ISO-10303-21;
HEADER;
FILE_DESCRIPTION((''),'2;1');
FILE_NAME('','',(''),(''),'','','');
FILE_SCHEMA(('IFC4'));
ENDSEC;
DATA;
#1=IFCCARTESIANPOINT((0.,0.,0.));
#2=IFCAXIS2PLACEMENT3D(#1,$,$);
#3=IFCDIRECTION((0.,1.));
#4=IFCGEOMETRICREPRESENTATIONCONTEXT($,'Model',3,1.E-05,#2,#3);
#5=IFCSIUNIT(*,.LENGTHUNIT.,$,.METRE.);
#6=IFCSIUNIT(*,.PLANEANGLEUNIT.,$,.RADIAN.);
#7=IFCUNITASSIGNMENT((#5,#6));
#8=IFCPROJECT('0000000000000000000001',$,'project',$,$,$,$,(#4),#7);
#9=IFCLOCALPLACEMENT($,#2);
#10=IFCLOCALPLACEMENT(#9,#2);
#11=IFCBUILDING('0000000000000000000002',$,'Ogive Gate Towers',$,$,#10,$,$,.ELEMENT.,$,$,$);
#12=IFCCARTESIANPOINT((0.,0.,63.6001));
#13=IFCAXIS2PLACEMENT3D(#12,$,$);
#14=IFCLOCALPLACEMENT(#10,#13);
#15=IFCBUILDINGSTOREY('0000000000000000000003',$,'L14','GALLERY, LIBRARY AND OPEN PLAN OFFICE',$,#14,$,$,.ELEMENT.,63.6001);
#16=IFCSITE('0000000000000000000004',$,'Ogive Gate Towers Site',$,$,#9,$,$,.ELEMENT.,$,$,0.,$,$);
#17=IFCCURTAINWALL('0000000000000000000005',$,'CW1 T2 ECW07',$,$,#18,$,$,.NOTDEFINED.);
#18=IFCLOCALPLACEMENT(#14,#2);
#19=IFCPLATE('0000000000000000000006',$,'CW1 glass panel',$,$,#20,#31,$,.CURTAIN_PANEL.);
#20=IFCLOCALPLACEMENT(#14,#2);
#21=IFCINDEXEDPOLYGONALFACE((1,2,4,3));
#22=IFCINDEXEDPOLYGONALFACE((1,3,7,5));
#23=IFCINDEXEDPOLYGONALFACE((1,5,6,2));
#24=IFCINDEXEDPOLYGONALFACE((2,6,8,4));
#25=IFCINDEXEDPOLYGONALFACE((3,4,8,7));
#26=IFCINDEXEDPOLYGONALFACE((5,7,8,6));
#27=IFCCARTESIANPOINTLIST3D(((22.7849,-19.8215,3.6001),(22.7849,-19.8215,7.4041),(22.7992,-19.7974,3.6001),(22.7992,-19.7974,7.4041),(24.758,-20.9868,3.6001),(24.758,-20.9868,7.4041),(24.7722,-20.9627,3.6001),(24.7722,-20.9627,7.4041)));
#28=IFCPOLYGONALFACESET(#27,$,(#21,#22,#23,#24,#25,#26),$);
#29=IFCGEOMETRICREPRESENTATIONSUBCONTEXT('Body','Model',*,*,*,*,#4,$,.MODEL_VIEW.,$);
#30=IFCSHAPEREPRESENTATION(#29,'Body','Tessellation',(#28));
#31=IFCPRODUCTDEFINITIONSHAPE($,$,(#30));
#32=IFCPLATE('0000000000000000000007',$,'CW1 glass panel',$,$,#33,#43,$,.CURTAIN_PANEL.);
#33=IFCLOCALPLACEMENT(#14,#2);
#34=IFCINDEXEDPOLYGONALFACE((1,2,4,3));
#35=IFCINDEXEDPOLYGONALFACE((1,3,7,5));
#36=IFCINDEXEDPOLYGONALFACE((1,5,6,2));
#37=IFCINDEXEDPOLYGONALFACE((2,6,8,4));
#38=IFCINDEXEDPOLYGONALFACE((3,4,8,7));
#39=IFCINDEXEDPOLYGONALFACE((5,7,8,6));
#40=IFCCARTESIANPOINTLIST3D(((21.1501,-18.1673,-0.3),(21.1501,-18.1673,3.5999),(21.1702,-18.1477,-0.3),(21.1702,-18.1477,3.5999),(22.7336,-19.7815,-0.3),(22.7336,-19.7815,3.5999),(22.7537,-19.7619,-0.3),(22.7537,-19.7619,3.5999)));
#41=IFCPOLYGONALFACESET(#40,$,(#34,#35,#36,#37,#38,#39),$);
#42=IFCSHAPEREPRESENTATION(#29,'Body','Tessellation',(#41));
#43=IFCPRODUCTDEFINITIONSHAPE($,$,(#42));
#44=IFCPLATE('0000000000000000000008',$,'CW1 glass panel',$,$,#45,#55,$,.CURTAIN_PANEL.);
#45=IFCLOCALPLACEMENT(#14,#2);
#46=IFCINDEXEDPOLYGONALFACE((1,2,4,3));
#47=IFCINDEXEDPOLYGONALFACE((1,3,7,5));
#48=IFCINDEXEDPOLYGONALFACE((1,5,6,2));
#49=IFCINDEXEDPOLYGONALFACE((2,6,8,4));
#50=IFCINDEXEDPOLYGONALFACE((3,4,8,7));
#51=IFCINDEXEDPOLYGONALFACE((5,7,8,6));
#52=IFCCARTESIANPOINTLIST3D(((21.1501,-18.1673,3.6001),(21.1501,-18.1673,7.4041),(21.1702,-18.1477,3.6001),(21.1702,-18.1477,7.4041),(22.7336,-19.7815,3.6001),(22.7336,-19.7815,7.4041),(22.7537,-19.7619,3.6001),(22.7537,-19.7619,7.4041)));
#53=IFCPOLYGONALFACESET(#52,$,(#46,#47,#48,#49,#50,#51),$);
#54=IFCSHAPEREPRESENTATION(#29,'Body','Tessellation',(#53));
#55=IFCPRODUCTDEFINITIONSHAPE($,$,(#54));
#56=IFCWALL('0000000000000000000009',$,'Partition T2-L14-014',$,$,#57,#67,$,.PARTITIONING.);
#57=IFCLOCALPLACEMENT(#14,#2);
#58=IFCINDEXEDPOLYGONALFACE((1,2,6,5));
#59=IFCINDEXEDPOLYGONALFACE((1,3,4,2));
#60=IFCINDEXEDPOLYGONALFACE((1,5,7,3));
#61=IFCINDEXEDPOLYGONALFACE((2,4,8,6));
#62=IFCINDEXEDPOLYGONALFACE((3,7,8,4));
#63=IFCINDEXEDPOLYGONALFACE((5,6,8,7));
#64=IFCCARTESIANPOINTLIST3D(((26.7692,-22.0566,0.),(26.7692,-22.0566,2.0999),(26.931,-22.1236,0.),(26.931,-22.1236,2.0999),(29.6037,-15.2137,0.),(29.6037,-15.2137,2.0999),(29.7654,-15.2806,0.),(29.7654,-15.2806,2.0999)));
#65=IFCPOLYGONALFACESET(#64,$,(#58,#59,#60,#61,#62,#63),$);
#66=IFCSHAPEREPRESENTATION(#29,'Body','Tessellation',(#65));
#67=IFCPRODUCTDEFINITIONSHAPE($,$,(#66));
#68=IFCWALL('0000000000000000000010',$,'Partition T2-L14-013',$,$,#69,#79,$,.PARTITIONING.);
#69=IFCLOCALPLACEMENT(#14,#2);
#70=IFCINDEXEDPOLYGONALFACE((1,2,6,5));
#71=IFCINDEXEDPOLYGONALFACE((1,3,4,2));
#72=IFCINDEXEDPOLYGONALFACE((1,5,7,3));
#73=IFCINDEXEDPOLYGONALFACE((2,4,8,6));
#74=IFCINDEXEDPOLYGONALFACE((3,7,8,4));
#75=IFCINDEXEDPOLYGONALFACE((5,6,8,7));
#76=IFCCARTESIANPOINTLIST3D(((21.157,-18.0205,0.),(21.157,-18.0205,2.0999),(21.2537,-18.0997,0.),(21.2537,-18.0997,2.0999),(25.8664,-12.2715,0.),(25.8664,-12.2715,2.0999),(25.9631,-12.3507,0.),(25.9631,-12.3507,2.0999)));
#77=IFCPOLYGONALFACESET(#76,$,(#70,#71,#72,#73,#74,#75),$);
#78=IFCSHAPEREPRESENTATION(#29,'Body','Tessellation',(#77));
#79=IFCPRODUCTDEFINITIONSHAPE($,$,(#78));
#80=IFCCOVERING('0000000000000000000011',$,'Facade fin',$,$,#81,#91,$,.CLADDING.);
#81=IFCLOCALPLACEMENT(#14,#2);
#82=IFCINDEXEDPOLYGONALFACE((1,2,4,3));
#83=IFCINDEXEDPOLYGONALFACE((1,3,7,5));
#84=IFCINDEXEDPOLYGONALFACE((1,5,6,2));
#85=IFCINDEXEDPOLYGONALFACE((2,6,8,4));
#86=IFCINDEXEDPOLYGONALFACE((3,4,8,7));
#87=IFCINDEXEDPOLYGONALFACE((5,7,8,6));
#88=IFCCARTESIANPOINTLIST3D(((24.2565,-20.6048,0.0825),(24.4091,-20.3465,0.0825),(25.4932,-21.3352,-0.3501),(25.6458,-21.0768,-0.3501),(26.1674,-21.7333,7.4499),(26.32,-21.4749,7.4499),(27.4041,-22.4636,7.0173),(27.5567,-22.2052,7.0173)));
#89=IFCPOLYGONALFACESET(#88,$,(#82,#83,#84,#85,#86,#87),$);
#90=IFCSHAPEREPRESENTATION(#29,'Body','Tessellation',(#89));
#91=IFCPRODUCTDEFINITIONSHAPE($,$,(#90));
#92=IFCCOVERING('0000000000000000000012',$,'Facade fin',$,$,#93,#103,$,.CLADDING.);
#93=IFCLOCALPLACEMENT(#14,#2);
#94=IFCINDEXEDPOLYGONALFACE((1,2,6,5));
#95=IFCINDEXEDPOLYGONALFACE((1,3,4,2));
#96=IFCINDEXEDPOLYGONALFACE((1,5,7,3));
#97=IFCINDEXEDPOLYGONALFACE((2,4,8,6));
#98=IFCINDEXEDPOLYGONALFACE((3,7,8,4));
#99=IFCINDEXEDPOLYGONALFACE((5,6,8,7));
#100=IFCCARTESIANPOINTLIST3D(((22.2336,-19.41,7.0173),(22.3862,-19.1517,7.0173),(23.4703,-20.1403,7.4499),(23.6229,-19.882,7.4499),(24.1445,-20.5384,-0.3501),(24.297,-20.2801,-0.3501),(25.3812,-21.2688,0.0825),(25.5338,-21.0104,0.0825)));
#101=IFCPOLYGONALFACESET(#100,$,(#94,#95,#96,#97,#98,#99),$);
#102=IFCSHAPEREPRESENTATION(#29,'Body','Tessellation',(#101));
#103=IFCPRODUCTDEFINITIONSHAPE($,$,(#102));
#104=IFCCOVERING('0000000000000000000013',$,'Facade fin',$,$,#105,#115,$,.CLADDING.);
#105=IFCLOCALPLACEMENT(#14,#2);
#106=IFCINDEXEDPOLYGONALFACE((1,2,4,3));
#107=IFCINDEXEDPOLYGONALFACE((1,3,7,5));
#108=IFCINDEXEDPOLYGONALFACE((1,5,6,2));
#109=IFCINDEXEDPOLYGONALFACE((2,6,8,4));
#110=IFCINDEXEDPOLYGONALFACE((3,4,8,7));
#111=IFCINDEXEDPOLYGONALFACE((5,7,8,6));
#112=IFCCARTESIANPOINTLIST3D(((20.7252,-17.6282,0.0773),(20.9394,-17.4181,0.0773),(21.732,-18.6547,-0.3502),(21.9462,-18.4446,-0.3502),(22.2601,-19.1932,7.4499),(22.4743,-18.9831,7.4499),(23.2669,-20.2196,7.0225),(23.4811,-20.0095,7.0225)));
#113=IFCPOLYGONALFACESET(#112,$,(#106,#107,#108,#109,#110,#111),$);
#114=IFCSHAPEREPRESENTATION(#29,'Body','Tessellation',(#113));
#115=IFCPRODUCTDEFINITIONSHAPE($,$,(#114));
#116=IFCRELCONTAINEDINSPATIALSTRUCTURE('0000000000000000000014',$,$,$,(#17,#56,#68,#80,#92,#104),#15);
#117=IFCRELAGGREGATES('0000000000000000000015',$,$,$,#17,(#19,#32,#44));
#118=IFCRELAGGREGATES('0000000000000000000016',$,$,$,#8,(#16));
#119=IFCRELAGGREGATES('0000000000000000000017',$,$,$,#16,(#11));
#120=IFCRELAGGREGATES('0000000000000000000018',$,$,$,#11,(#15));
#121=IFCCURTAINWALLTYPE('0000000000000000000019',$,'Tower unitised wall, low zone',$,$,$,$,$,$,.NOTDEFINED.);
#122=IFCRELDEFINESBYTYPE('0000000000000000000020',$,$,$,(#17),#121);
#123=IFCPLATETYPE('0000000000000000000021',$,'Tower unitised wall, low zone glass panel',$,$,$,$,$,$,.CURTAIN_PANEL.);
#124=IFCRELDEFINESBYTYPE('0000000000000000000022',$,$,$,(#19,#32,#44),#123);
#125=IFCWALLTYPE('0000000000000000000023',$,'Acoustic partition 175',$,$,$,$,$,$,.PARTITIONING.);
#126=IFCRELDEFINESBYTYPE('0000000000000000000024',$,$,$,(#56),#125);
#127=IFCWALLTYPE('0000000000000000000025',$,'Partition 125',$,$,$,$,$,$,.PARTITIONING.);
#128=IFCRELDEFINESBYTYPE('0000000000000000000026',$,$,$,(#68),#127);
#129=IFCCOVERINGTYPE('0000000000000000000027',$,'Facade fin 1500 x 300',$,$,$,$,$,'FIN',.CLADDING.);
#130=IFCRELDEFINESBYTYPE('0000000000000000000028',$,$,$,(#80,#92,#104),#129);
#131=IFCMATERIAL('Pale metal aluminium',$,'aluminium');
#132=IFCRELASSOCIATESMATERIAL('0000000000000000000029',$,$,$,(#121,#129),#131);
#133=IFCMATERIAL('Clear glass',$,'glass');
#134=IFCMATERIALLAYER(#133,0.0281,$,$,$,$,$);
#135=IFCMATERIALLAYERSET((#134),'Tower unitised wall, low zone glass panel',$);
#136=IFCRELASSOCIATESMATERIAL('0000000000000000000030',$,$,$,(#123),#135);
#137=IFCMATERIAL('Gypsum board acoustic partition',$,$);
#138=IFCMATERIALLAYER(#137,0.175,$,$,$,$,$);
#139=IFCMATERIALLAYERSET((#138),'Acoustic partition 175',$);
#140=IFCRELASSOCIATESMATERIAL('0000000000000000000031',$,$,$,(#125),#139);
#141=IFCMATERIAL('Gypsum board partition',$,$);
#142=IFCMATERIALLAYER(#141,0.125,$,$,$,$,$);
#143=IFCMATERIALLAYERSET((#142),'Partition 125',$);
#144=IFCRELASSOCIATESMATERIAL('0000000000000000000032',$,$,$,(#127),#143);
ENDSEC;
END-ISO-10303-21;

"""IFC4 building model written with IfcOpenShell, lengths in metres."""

from ifc_helpers import new_model, si_unit, direction, frame, frame_2d, origin, origin_2d, place, context, subcontext, project, spatial, rectangle, extrude, material, layer, layer_set, material_profile, profile_set, type_object, element, aggregate, save


model = new_model("IFC4")

# Units and contexts
model_context = context("Model", 3, precision=1e-05, world=origin(), true_north=direction((0.0, 1.0)))
body_context = subcontext(model_context, "Body", "Model", "MODEL_VIEW")
ifc_project = project(units=[si_unit("LENGTHUNIT", "METRE"), si_unit("PLANEANGLEUNIT", "RADIAN")], contexts=[model_context])

# Site, building, storey
site_placement = place(None, origin())
site = spatial("IfcSite", under=ifc_project, at=site_placement, Name="Ogive Gate Towers Site", CompositionType="ELEMENT", RefElevation=0.0)
building_placement = place(site_placement, origin())
building = spatial("IfcBuilding", under=site, at=building_placement, Name="Ogive Gate Towers", CompositionType="ELEMENT")
storey_placement = place(building_placement, frame((0.0, 0.0, 63.6001)))
storey = spatial("IfcBuildingStorey", under=building, at=storey_placement, Name="L14", Description="GALLERY, LIBRARY AND OPEN PLAN OFFICE", CompositionType="ELEMENT", Elevation=63.6001)

# Curtain wall, plates
ifc_material_1 = material(Name="Pale metal aluminium", Category="aluminium")
curtain_wall_type = type_object("IfcCurtainWallType", Name="Tower unitised wall, low zone", PredefinedType="NOTDEFINED", material=ifc_material_1)
curtain_wall_placement = place(storey_placement, origin())
curtain_wall = element("IfcCurtainWall", 1, at=curtain_wall_placement, inside=storey, type_object=curtain_wall_type, Name="CW1 T2 ECW07", PredefinedType="NOTDEFINED")
ifc_material_2 = material(Name="Clear glass", Category="glass")
ifc_layer_1 = layer(ifc_material_2, 0.0281)
ifc_layer_set_1 = layer_set([ifc_layer_1], Name="Tower unitised wall, low zone glass panel")
plate_type = type_object("IfcPlateType", Name="Tower unitised wall, low zone glass panel", PredefinedType="CURTAIN_PANEL", material=ifc_layer_set_1)
plate_1_placement = place(storey_placement, frame((23.7786, -20.3921, 3.6001), z_axis=(0.0, 0.0, 1.0), x_axis=(-0.861044, 0.508531, 0.0)))
plate_1 = element("IfcPlate", 2, at=plate_1_placement, type_object=plate_type, Name="CW1 glass panel", PredefinedType="CURTAIN_PANEL", context=body_context, shape_type="SweptSolid", body=[
    extrude(rectangle(XDim=2.2915, YDim=0.0281, at=origin_2d()), origin(), (0.0, 0.0, 1.0), 3.804),
])
plate_2_placement = place(storey_placement, frame((21.9519, -18.9646, -0.3), z_axis=(0.0, 0.0, 1.0), x_axis=(-0.700287, 0.713862, 0.0)))
plate_2 = element("IfcPlate", 3, at=plate_2_placement, type_object=plate_type, Name="CW1 glass panel", PredefinedType="CURTAIN_PANEL", context=body_context, shape_type="SweptSolid", body=[
    extrude(rectangle(XDim=2.2612, YDim=0.0281, at=origin_2d()), origin(), (0.0, 0.0, 1.0), 3.8999),
])
plate_3_placement = place(storey_placement, frame((21.9519, -18.9646, 3.6001), z_axis=(0.0, 0.0, 1.0), x_axis=(-0.700287, 0.713862, 0.0)))
plate_3 = element("IfcPlate", 4, at=plate_3_placement, type_object=plate_type, Name="CW1 glass panel", PredefinedType="CURTAIN_PANEL", context=body_context, shape_type="SweptSolid", body=[
    extrude(rectangle(XDim=2.2612, YDim=0.0281, at=origin_2d()), origin(), (0.0, 0.0, 1.0), 3.804),
])
aggregate(curtain_wall, [plate_1, plate_2, plate_3])

# Walls
ifc_material_3 = material(Name="Gypsum board acoustic partition")
ifc_layer_2 = layer(ifc_material_3, 0.175)
ifc_layer_set_2 = layer_set([ifc_layer_2], Name="Acoustic partition 175")
wall_type_1 = type_object("IfcWallType", Name="Acoustic partition 175", PredefinedType="PARTITIONING", material=ifc_layer_set_2)
wall_1_placement = place(storey_placement, frame((26.8501, -22.0901, 0.0), z_axis=(0.0, 0.0, 1.0), x_axis=(0.382684, 0.923879, 0.0)))
element("IfcWall", 5, at=wall_1_placement, inside=storey, type_object=wall_type_1, Name="Partition T2-L14-014", PredefinedType="PARTITIONING", context=body_context, shape_type="SweptSolid", body=[
    extrude(rectangle(XDim=7.4067, YDim=0.175, at=frame_2d((3.7034, 0.0))), origin(), (0.0, 0.0, 1.0), 2.0999),
])
ifc_material_4 = material(Name="Gypsum board partition")
ifc_layer_3 = layer(ifc_material_4, 0.125)
ifc_layer_set_3 = layer_set([ifc_layer_3], Name="Partition 125")
wall_type_2 = type_object("IfcWallType", Name="Partition 125", PredefinedType="PARTITIONING", material=ifc_layer_set_3)
wall_2_placement = place(storey_placement, frame((21.2053, -18.0601, 0.0), z_axis=(0.0, 0.0, 1.0), x_axis=(0.633699, 0.77358, 0.0)))
element("IfcWall", 6, at=wall_2_placement, inside=storey, type_object=wall_type_2, Name="Partition T2-L14-013", PredefinedType="PARTITIONING", context=body_context, shape_type="SweptSolid", body=[
    extrude(rectangle(XDim=7.4316, YDim=0.125, at=frame_2d((3.7158, 0.0))), origin(), (0.0, 0.0, 1.0), 2.0999),
])

# Coverings
ifc_material_profile_1 = material_profile(ifc_material_1, rectangle(XDim=0.3, YDim=1.5, at=origin_2d()), Name="1500 x 300 pale metal aluminium")
ifc_profile_set_1 = profile_set([ifc_material_profile_1], Name="Pale metal aluminium")
covering_type = type_object("IfcCoveringType", Name="Facade fin 1500 x 300", ElementType="FIN", PredefinedType="CLADDING", material=ifc_profile_set_1)
for number, where, z_axis, x_axis, name in (
    (7, (24.9512, -20.8408, -0.1338), (0.248348, -0.146654, 0.957505), (0.508481, 0.861073, 0.0), "Facade fin"),
    (8, (24.8391, -20.7744, -0.1338), (-0.248348, 0.146654, 0.957505), (-0.508481, -0.861073, 0.0), "Facade fin"),
):
    element("IfcCovering", number, at=place(storey_placement, frame(where, z_axis=z_axis, x_axis=x_axis)), inside=storey, type_object=covering_type, Name=name, PredefinedType="CLADDING", context=body_context, shape_type="SweptSolid", body=[
        extrude(rectangle(XDim=0.3, YDim=1.5, at=origin_2d()), origin(), (0.0, 0.0, 1.0), 7.6943),
    ])
covering_placement = place(storey_placement, frame((21.3357, -18.0364, -0.1365), z_axis=(0.199559, -0.203463, 0.95853), x_axis=(0.713923, 0.700224, 0.0)))
element("IfcCovering", 9, at=covering_placement, inside=storey, type_object=covering_type, Name="Facade fin", PredefinedType="CLADDING", context=body_context, shape_type="SweptSolid", body=[
    extrude(rectangle(XDim=0.3, YDim=1.5, at=origin_2d()), origin(), (0.0, 0.0, 1.0), 7.6917),
])

save(model, "model.ifc")
